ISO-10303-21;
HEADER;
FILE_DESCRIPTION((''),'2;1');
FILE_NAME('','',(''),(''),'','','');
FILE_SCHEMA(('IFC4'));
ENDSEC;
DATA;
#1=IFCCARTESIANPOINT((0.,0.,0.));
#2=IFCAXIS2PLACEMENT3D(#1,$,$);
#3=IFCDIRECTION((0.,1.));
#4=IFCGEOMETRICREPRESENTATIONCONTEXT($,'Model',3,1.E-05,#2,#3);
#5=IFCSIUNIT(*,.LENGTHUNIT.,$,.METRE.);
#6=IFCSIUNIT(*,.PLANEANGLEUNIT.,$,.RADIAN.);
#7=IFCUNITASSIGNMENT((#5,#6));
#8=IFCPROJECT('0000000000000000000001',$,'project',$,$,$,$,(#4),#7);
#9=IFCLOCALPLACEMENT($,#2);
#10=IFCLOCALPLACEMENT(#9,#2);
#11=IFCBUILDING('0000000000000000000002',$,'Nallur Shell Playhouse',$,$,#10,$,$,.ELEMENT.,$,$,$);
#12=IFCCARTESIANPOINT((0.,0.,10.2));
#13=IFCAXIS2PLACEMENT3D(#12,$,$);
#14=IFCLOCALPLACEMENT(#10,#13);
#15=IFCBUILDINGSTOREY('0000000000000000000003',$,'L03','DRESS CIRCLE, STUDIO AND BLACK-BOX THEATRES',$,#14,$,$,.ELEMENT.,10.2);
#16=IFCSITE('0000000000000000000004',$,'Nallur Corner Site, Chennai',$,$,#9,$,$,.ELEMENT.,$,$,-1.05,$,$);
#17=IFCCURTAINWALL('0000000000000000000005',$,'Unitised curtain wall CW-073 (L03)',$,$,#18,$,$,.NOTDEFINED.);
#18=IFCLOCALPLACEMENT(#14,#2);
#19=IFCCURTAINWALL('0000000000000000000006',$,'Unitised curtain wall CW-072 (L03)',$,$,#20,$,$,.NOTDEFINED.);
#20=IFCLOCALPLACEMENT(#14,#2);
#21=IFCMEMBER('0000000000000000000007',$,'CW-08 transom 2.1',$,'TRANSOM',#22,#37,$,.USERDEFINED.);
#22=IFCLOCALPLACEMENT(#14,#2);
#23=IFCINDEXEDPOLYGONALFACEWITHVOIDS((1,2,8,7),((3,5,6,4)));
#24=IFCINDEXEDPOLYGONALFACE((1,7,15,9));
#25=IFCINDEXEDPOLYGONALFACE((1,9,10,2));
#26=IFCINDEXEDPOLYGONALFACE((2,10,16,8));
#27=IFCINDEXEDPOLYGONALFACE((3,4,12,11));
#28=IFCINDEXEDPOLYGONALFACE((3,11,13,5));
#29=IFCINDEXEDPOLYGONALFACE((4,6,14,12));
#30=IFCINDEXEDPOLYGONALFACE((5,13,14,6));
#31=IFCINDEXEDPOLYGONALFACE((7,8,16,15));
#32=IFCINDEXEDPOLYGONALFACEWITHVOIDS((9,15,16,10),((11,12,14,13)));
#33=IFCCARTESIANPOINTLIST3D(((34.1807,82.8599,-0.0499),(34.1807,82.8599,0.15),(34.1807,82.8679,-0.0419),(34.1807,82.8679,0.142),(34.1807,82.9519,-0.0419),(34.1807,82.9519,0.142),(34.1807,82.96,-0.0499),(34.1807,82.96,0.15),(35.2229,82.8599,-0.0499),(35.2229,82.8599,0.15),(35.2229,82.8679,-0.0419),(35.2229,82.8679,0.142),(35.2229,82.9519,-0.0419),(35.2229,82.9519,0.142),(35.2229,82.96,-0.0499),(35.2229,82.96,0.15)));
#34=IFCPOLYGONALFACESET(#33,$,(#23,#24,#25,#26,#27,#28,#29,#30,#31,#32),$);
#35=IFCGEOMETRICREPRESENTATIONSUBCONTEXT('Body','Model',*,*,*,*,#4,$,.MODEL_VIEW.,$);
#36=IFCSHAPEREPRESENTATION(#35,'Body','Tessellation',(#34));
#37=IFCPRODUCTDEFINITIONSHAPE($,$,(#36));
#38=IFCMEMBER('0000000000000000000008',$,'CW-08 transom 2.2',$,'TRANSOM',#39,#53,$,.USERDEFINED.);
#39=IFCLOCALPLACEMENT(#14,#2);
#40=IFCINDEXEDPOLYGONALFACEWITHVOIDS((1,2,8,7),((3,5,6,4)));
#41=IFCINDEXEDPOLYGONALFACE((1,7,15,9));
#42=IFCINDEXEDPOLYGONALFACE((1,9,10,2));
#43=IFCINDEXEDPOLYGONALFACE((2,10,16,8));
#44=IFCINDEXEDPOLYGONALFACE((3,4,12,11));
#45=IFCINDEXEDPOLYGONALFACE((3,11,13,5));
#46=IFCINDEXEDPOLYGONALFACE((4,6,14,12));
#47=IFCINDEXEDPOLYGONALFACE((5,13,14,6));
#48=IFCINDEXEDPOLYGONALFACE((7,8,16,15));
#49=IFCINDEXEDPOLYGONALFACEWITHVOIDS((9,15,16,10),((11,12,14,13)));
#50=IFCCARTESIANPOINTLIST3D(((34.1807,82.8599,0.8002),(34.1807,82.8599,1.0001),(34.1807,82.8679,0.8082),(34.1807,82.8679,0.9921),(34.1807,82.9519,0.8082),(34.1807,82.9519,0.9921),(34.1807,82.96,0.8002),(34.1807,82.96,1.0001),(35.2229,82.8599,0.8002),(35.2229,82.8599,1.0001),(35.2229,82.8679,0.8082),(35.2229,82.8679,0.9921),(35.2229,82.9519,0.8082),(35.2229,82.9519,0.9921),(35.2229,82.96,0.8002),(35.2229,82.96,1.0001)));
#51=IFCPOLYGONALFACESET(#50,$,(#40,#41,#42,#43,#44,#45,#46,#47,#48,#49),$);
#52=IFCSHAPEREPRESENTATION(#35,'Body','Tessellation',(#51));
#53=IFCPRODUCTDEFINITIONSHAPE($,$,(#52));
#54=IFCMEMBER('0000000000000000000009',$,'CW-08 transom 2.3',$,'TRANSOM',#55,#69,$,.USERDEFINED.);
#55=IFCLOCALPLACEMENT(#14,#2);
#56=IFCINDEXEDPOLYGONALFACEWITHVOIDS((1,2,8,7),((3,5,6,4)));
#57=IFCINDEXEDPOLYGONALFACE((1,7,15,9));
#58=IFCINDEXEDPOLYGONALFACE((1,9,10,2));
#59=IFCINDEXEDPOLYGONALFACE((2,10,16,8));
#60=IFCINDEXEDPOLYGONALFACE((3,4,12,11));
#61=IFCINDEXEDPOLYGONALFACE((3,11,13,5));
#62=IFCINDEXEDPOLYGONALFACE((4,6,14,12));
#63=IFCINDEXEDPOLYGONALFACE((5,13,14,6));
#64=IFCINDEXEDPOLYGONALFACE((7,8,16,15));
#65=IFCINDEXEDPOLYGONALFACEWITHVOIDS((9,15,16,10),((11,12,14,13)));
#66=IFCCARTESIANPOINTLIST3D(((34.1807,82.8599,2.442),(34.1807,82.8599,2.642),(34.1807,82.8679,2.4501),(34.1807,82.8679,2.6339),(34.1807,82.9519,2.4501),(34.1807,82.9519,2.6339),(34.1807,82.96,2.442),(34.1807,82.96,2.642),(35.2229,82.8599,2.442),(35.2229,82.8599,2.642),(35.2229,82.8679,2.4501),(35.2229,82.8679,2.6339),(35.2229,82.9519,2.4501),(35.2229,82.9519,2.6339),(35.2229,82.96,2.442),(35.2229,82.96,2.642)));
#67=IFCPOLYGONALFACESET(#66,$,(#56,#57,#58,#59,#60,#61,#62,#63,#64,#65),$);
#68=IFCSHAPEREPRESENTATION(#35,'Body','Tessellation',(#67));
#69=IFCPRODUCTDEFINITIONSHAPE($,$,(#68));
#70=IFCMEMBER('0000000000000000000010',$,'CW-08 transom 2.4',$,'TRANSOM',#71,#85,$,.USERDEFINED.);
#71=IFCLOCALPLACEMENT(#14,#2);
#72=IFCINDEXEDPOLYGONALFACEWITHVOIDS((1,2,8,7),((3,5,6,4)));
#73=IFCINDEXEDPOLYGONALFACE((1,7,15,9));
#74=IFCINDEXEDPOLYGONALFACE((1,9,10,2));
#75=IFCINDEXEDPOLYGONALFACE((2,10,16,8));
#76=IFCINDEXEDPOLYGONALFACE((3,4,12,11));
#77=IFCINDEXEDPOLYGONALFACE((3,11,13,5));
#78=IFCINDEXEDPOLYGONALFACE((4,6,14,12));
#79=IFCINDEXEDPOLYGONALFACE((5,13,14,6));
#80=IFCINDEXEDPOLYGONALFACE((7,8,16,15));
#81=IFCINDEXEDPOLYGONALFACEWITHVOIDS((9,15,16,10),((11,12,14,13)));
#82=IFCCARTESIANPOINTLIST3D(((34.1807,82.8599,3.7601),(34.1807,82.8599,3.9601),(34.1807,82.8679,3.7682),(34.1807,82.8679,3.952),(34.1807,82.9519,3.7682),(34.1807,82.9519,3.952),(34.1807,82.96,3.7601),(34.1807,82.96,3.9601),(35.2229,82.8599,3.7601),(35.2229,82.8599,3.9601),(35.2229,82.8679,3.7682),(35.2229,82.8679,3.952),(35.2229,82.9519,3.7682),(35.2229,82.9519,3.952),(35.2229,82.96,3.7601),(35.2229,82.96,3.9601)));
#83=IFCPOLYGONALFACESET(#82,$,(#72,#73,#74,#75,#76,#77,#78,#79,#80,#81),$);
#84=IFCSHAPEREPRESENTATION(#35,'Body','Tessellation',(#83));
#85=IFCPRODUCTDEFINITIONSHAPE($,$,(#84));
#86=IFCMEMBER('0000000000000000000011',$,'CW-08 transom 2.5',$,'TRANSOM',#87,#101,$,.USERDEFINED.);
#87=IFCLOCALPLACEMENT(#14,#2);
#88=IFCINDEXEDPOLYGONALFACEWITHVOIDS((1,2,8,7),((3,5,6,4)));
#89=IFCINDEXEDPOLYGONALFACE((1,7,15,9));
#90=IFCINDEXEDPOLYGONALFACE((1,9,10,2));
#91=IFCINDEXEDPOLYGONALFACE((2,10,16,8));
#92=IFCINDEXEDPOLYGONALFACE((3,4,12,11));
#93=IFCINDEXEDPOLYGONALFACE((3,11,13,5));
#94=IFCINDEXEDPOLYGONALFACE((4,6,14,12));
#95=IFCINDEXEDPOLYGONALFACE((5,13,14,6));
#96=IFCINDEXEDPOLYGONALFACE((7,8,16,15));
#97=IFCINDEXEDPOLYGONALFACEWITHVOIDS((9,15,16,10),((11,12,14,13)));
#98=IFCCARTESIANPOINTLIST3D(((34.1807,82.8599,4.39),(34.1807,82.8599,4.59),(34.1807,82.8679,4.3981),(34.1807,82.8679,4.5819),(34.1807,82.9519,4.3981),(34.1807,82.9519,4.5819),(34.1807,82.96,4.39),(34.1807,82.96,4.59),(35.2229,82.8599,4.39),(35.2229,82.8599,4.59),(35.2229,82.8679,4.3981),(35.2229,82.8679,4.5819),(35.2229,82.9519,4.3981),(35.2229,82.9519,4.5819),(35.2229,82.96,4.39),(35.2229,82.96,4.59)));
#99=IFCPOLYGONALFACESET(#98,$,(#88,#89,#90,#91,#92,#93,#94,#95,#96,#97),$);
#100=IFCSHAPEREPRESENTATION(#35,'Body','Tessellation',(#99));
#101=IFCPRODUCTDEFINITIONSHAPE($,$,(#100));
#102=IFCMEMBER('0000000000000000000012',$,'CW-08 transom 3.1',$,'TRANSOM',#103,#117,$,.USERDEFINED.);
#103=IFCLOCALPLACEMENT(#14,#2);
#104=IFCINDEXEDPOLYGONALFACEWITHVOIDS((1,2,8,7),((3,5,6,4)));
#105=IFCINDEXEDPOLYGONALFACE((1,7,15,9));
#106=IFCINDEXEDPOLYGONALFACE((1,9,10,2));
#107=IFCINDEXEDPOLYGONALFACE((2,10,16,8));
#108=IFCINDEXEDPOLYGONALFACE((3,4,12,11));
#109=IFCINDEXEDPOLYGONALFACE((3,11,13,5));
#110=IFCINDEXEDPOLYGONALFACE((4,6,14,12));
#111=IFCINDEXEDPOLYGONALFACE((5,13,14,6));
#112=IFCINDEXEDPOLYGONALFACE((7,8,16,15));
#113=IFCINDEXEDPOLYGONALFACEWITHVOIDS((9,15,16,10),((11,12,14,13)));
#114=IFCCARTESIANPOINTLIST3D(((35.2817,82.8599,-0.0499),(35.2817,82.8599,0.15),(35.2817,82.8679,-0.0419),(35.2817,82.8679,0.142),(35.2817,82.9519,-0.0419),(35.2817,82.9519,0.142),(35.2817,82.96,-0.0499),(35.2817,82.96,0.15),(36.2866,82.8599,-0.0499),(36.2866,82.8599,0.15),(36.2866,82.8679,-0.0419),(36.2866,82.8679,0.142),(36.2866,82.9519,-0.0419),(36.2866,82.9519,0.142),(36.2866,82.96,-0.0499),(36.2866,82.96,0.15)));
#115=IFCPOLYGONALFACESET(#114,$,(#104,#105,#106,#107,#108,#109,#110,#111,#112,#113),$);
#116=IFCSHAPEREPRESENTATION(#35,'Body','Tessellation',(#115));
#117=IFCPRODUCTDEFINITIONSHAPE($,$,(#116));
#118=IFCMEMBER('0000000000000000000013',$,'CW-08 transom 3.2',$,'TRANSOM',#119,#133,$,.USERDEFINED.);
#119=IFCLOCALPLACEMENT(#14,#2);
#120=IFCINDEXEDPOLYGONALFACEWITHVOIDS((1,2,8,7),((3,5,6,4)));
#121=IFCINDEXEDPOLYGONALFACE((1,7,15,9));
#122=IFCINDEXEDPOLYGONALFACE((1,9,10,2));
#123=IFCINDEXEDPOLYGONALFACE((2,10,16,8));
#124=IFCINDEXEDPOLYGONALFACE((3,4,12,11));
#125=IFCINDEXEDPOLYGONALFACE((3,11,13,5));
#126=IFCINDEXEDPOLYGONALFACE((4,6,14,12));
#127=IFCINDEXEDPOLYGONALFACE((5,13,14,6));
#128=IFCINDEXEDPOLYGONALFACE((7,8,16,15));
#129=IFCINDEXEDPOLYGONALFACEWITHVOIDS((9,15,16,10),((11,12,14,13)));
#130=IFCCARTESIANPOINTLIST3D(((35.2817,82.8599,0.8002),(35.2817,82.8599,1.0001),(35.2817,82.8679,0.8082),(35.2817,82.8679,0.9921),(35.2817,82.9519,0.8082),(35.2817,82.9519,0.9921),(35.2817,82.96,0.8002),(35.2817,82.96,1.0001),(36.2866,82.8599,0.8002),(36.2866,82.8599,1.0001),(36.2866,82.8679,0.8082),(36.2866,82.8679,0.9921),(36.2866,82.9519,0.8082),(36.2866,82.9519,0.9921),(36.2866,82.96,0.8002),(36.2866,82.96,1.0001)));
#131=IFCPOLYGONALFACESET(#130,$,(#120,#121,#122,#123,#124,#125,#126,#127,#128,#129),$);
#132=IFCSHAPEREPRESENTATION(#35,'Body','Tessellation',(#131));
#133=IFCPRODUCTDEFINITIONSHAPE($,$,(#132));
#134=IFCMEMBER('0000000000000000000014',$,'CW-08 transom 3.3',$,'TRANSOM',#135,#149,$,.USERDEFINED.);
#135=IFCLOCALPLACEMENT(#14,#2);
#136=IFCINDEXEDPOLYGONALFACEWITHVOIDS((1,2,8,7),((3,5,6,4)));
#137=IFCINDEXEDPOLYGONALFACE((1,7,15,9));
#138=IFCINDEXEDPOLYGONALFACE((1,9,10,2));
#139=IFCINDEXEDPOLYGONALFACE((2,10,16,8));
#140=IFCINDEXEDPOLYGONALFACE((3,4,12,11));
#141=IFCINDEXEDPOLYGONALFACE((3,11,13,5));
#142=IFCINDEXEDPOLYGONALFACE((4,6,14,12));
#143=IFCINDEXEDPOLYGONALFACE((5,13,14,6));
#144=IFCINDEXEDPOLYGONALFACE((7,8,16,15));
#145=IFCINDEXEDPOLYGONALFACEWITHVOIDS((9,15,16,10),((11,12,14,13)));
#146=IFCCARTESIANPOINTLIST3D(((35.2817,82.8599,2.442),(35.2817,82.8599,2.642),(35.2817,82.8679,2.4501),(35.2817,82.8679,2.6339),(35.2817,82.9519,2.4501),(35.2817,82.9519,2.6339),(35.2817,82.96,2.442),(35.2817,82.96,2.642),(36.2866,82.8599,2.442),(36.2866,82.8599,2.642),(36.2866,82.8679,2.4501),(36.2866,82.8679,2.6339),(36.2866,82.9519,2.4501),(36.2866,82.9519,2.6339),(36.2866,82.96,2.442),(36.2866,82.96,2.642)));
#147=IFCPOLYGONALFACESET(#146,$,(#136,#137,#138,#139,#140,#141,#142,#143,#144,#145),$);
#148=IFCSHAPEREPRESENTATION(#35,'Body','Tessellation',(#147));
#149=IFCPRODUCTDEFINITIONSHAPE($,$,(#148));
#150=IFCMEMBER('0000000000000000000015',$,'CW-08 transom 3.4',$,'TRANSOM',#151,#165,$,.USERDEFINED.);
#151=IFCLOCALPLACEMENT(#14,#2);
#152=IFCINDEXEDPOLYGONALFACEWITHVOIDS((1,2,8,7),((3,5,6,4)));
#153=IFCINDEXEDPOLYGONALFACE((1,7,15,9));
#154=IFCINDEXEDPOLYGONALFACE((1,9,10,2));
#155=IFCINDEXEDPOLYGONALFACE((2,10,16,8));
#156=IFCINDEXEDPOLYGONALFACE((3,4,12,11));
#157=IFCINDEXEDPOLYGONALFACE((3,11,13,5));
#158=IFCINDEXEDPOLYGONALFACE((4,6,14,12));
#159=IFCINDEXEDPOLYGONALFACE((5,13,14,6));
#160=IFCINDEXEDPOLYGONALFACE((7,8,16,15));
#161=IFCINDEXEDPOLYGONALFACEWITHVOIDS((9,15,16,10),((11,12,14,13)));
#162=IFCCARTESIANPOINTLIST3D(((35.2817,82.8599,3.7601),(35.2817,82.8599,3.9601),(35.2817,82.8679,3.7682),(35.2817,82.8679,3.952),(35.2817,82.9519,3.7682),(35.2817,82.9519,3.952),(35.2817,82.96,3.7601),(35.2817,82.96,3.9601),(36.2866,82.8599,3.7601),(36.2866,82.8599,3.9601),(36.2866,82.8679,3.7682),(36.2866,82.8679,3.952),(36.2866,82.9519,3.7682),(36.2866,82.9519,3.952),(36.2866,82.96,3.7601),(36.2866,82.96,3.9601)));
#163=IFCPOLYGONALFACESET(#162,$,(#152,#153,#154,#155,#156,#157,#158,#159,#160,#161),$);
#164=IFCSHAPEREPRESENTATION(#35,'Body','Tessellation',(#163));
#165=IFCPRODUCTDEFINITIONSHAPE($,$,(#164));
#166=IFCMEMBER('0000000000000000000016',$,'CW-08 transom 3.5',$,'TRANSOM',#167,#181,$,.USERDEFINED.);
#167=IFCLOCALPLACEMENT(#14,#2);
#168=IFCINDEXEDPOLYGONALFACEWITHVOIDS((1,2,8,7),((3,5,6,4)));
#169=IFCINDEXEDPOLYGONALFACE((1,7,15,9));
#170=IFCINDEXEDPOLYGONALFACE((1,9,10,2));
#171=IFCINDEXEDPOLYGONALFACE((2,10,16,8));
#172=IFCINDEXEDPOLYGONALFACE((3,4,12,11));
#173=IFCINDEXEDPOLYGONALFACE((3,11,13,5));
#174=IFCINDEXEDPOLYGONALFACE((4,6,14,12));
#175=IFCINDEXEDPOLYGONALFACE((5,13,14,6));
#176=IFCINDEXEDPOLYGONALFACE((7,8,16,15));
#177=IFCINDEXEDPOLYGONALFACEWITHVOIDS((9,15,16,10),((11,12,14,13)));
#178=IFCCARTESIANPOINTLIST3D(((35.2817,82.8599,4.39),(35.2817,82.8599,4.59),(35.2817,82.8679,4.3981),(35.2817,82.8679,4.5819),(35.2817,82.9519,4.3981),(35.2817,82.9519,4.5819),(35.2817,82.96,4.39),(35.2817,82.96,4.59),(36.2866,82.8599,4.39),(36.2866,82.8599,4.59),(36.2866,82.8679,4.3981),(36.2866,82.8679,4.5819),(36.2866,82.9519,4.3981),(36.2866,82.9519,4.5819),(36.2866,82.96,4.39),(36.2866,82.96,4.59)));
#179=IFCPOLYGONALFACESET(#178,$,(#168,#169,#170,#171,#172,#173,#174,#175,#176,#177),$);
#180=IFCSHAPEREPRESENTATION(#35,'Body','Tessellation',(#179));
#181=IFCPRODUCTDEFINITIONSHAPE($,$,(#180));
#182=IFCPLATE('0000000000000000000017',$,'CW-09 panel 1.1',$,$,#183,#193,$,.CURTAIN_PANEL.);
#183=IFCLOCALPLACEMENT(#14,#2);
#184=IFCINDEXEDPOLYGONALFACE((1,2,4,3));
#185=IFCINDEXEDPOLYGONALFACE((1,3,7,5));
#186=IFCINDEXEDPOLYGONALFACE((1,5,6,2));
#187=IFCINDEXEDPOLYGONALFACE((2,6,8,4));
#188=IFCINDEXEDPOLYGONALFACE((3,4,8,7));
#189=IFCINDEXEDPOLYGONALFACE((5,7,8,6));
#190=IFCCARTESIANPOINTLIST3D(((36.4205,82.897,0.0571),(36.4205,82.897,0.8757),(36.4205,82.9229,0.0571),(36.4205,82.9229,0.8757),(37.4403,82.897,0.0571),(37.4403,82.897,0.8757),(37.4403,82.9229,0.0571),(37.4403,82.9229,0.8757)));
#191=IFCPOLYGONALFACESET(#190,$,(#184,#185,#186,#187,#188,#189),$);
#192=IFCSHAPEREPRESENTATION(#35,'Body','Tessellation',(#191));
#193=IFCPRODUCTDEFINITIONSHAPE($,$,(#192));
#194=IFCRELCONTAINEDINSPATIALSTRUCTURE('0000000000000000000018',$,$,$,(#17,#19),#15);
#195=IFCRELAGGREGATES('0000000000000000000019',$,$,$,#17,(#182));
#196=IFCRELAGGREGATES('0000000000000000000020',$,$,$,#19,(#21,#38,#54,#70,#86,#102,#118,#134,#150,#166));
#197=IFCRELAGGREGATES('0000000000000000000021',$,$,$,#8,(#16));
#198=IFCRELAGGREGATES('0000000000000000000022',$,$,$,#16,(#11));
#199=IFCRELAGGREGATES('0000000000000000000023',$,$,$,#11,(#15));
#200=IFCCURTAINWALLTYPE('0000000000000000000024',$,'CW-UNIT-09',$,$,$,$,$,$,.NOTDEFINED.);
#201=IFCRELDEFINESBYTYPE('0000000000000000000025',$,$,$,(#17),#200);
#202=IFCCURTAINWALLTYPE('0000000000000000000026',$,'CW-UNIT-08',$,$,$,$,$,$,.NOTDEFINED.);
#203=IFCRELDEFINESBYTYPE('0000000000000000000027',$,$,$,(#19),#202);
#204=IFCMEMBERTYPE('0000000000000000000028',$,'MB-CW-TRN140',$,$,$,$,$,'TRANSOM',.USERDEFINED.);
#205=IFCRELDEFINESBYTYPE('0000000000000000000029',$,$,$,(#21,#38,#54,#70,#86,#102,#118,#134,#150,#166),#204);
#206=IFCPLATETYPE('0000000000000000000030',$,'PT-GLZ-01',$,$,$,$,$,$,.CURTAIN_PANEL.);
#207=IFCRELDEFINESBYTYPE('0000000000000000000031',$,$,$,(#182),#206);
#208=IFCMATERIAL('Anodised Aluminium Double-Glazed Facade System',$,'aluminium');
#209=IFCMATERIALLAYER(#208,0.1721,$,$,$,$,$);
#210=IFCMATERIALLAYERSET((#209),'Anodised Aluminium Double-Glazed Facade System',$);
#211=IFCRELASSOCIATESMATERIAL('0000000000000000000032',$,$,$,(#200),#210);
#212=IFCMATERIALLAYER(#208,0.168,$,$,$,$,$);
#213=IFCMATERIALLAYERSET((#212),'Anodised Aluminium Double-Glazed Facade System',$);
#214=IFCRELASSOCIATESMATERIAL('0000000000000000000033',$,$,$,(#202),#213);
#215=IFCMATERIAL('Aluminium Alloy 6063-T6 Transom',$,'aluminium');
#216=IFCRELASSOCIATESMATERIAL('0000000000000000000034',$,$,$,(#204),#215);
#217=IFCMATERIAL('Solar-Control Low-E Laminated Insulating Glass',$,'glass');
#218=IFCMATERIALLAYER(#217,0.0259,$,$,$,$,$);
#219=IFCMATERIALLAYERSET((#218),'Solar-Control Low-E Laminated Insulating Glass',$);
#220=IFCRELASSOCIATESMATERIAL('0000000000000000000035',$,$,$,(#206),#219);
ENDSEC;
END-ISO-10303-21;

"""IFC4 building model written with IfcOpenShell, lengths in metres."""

from ifc_helpers import new_model, si_unit, direction, frame, origin, origin_2d, place, context, subcontext, project, spatial, rectangle, hollow_rectangle, extrude, material, layer, layer_set, material_profile, profile_set, type_object, element, aggregate, save


model = new_model("IFC4")

# Units and contexts
model_context = context("Model", 3, precision=1e-05, world=origin(), true_north=direction((0.0, 1.0)))
body_context = subcontext(model_context, "Body", "Model", "MODEL_VIEW")
ifc_project = project(units=[si_unit("LENGTHUNIT", "METRE"), si_unit("PLANEANGLEUNIT", "RADIAN")], contexts=[model_context])

# Site, building, storey
site_placement = place(None, origin())
site = spatial("IfcSite", under=ifc_project, at=site_placement, Name="Nallur Corner Site, Chennai", CompositionType="ELEMENT", RefElevation=-1.05)
building_placement = place(site_placement, origin())
building = spatial("IfcBuilding", under=site, at=building_placement, Name="Nallur Shell Playhouse", CompositionType="ELEMENT")
storey_placement = place(building_placement, frame((0.0, 0.0, 10.2)))
storey = spatial("IfcBuildingStorey", under=building, at=storey_placement, Name="L03", Description="DRESS CIRCLE, STUDIO AND BLACK-BOX THEATRES", CompositionType="ELEMENT", Elevation=10.2)

# Curtain wall
ifc_material_1 = material(Name="Anodised Aluminium Double-Glazed Facade System", Category="aluminium")
ifc_layer_1 = layer(ifc_material_1, 0.1721)
ifc_layer_set_1 = layer_set([ifc_layer_1], Name="Anodised Aluminium Double-Glazed Facade System")
curtain_wall_type_1 = type_object("IfcCurtainWallType", Name="CW-UNIT-09", PredefinedType="NOTDEFINED", material=ifc_layer_set_1)
curtain_wall_1_placement = place(storey_placement, origin())
curtain_wall_1 = element("IfcCurtainWall", 1, at=curtain_wall_1_placement, inside=storey, type_object=curtain_wall_type_1, Name="Unitised curtain wall CW-073 (L03)", PredefinedType="NOTDEFINED")

# Curtain wall
ifc_layer_2 = layer(ifc_material_1, 0.168)
ifc_layer_set_2 = layer_set([ifc_layer_2], Name="Anodised Aluminium Double-Glazed Facade System")
curtain_wall_type_2 = type_object("IfcCurtainWallType", Name="CW-UNIT-08", PredefinedType="NOTDEFINED", material=ifc_layer_set_2)
curtain_wall_2_placement = place(storey_placement, origin())
curtain_wall_2 = element("IfcCurtainWall", 2, at=curtain_wall_2_placement, inside=storey, type_object=curtain_wall_type_2, Name="Unitised curtain wall CW-072 (L03)", PredefinedType="NOTDEFINED")

# Members
ifc_material_2 = material(Name="Aluminium Alloy 6063-T6 Transom", Category="aluminium")
ifc_material_profile_1 = material_profile(ifc_material_2, hollow_rectangle(XDim=0.1001, YDim=0.2, WallThickness=0.0081, at=origin_2d()), Name="RHS 200x100x8")
ifc_profile_set_1 = profile_set([ifc_material_profile_1], Name="Aluminium Alloy 6063-T6 Transom")
member_type_1 = type_object("IfcMemberType", Name="MB-CW-TRN140", ElementType="TRANSOM", PredefinedType="USERDEFINED", material=ifc_profile_set_1)
member_1_placement = place(storey_placement, frame((34.1807, 82.9099, 0.05), z_axis=(1.0, 0.0, 0.0), x_axis=(0.0, 1.0, 0.0)))
member_1 = element("IfcMember", 3, at=member_1_placement, type_object=member_type_1, Name="CW-08 transom 2.1", ObjectType="TRANSOM", PredefinedType="USERDEFINED", context=body_context, shape_type="SweptSolid", body=[
    extrude(hollow_rectangle(XDim=0.1001, YDim=0.2, WallThickness=0.0081, at=origin_2d()), origin(), (0.0, 0.0, 1.0), 1.0422),
])
member_2_placement = place(storey_placement, frame((34.1807, 82.9099, 0.9001), z_axis=(1.0, 0.0, 0.0), x_axis=(0.0, 1.0, 0.0)))
member_2 = element("IfcMember", 4, at=member_2_placement, type_object=member_type_1, Name="CW-08 transom 2.2", ObjectType="TRANSOM", PredefinedType="USERDEFINED", context=body_context, shape_type="SweptSolid", body=[
    extrude(hollow_rectangle(XDim=0.1001, YDim=0.2, WallThickness=0.0081, at=origin_2d()), origin(), (0.0, 0.0, 1.0), 1.0422),
])
member_3_placement = place(storey_placement, frame((34.1807, 82.9099, 2.542), z_axis=(1.0, 0.0, 0.0), x_axis=(0.0, 1.0, 0.0)))
member_3 = element("IfcMember", 5, at=member_3_placement, type_object=member_type_1, Name="CW-08 transom 2.3", ObjectType="TRANSOM", PredefinedType="USERDEFINED", context=body_context, shape_type="SweptSolid", body=[
    extrude(hollow_rectangle(XDim=0.1001, YDim=0.2, WallThickness=0.0081, at=origin_2d()), origin(), (0.0, 0.0, 1.0), 1.0422),
])
member_4_placement = place(storey_placement, frame((34.1807, 82.9099, 3.8601), z_axis=(1.0, 0.0, 0.0), x_axis=(0.0, 1.0, 0.0)))
member_4 = element("IfcMember", 6, at=member_4_placement, type_object=member_type_1, Name="CW-08 transom 2.4", ObjectType="TRANSOM", PredefinedType="USERDEFINED", context=body_context, shape_type="SweptSolid", body=[
    extrude(hollow_rectangle(XDim=0.1001, YDim=0.2, WallThickness=0.0081, at=origin_2d()), origin(), (0.0, 0.0, 1.0), 1.0422),
])
member_5_placement = place(storey_placement, frame((34.1807, 82.9099, 4.49), z_axis=(1.0, 0.0, 0.0), x_axis=(0.0, 1.0, 0.0)))
member_5 = element("IfcMember", 7, at=member_5_placement, type_object=member_type_1, Name="CW-08 transom 2.5", ObjectType="TRANSOM", PredefinedType="USERDEFINED", context=body_context, shape_type="SweptSolid", body=[
    extrude(hollow_rectangle(XDim=0.1001, YDim=0.2, WallThickness=0.0081, at=origin_2d()), origin(), (0.0, 0.0, 1.0), 1.0422),
])
member_6_placement = place(storey_placement, frame((35.2817, 82.9099, 0.05), z_axis=(1.0, 0.0, 0.0), x_axis=(0.0, 1.0, 0.0)))
member_6 = element("IfcMember", 8, at=member_6_placement, type_object=member_type_1, Name="CW-08 transom 3.1", ObjectType="TRANSOM", PredefinedType="USERDEFINED", context=body_context, shape_type="SweptSolid", body=[
    extrude(hollow_rectangle(XDim=0.1001, YDim=0.2, WallThickness=0.0081, at=origin_2d()), origin(), (0.0, 0.0, 1.0), 1.0049),
])
member_7_placement = place(storey_placement, frame((35.2817, 82.9099, 0.9001), z_axis=(1.0, 0.0, 0.0), x_axis=(0.0, 1.0, 0.0)))
member_7 = element("IfcMember", 9, at=member_7_placement, type_object=member_type_1, Name="CW-08 transom 3.2", ObjectType="TRANSOM", PredefinedType="USERDEFINED", context=body_context, shape_type="SweptSolid", body=[
    extrude(hollow_rectangle(XDim=0.1001, YDim=0.2, WallThickness=0.0081, at=origin_2d()), origin(), (0.0, 0.0, 1.0), 1.0049),
])
member_8_placement = place(storey_placement, frame((35.2817, 82.9099, 2.542), z_axis=(1.0, 0.0, 0.0), x_axis=(0.0, 1.0, 0.0)))
member_8 = element("IfcMember", 10, at=member_8_placement, type_object=member_type_1, Name="CW-08 transom 3.3", ObjectType="TRANSOM", PredefinedType="USERDEFINED", context=body_context, shape_type="SweptSolid", body=[
    extrude(hollow_rectangle(XDim=0.1001, YDim=0.2, WallThickness=0.0081, at=origin_2d()), origin(), (0.0, 0.0, 1.0), 1.0049),
])
member_9_placement = place(storey_placement, frame((35.2817, 82.9099, 3.8601), z_axis=(1.0, 0.0, 0.0), x_axis=(0.0, 1.0, 0.0)))
member_9 = element("IfcMember", 11, at=member_9_placement, type_object=member_type_1, Name="CW-08 transom 3.4", ObjectType="TRANSOM", PredefinedType="USERDEFINED", context=body_context, shape_type="SweptSolid", body=[
    extrude(hollow_rectangle(XDim=0.1001, YDim=0.2, WallThickness=0.0081, at=origin_2d()), origin(), (0.0, 0.0, 1.0), 1.0049),
])
member_10_placement = place(storey_placement, frame((35.2817, 82.9099, 4.49), z_axis=(1.0, 0.0, 0.0), x_axis=(0.0, 1.0, 0.0)))
member_10 = element("IfcMember", 12, at=member_10_placement, type_object=member_type_1, Name="CW-08 transom 3.5", ObjectType="TRANSOM", PredefinedType="USERDEFINED", context=body_context, shape_type="SweptSolid", body=[
    extrude(hollow_rectangle(XDim=0.1001, YDim=0.2, WallThickness=0.0081, at=origin_2d()), origin(), (0.0, 0.0, 1.0), 1.0049),
])

# Plate
ifc_material_3 = material(Name="Solar-Control Low-E Laminated Insulating Glass", Category="glass")
ifc_layer_3 = layer(ifc_material_3, 0.0259)
ifc_layer_set_3 = layer_set([ifc_layer_3], Name="Solar-Control Low-E Laminated Insulating Glass")
plate_type_1 = type_object("IfcPlateType", Name="PT-GLZ-01", PredefinedType="CURTAIN_PANEL", material=ifc_layer_set_3)
plate_1_placement = place(storey_placement, frame((36.9304, 82.9099, 0.0571), z_axis=(0.0, 0.0, 1.0), x_axis=(1.0, 0.0, 0.0)))
plate_1 = element("IfcPlate", 13, at=plate_1_placement, type_object=plate_type_1, Name="CW-09 panel 1.1", PredefinedType="CURTAIN_PANEL", context=body_context, shape_type="SweptSolid", body=[
    extrude(rectangle(XDim=1.0198, YDim=0.0259, at=origin_2d()), origin(), (0.0, 0.0, 1.0), 0.8186),
])
aggregate(curtain_wall_1, [plate_1])
aggregate(curtain_wall_2, [member_1, member_2, member_3, member_4, member_5, member_6, member_7, member_8, member_9, member_10])

save(model, "model.ifc")
